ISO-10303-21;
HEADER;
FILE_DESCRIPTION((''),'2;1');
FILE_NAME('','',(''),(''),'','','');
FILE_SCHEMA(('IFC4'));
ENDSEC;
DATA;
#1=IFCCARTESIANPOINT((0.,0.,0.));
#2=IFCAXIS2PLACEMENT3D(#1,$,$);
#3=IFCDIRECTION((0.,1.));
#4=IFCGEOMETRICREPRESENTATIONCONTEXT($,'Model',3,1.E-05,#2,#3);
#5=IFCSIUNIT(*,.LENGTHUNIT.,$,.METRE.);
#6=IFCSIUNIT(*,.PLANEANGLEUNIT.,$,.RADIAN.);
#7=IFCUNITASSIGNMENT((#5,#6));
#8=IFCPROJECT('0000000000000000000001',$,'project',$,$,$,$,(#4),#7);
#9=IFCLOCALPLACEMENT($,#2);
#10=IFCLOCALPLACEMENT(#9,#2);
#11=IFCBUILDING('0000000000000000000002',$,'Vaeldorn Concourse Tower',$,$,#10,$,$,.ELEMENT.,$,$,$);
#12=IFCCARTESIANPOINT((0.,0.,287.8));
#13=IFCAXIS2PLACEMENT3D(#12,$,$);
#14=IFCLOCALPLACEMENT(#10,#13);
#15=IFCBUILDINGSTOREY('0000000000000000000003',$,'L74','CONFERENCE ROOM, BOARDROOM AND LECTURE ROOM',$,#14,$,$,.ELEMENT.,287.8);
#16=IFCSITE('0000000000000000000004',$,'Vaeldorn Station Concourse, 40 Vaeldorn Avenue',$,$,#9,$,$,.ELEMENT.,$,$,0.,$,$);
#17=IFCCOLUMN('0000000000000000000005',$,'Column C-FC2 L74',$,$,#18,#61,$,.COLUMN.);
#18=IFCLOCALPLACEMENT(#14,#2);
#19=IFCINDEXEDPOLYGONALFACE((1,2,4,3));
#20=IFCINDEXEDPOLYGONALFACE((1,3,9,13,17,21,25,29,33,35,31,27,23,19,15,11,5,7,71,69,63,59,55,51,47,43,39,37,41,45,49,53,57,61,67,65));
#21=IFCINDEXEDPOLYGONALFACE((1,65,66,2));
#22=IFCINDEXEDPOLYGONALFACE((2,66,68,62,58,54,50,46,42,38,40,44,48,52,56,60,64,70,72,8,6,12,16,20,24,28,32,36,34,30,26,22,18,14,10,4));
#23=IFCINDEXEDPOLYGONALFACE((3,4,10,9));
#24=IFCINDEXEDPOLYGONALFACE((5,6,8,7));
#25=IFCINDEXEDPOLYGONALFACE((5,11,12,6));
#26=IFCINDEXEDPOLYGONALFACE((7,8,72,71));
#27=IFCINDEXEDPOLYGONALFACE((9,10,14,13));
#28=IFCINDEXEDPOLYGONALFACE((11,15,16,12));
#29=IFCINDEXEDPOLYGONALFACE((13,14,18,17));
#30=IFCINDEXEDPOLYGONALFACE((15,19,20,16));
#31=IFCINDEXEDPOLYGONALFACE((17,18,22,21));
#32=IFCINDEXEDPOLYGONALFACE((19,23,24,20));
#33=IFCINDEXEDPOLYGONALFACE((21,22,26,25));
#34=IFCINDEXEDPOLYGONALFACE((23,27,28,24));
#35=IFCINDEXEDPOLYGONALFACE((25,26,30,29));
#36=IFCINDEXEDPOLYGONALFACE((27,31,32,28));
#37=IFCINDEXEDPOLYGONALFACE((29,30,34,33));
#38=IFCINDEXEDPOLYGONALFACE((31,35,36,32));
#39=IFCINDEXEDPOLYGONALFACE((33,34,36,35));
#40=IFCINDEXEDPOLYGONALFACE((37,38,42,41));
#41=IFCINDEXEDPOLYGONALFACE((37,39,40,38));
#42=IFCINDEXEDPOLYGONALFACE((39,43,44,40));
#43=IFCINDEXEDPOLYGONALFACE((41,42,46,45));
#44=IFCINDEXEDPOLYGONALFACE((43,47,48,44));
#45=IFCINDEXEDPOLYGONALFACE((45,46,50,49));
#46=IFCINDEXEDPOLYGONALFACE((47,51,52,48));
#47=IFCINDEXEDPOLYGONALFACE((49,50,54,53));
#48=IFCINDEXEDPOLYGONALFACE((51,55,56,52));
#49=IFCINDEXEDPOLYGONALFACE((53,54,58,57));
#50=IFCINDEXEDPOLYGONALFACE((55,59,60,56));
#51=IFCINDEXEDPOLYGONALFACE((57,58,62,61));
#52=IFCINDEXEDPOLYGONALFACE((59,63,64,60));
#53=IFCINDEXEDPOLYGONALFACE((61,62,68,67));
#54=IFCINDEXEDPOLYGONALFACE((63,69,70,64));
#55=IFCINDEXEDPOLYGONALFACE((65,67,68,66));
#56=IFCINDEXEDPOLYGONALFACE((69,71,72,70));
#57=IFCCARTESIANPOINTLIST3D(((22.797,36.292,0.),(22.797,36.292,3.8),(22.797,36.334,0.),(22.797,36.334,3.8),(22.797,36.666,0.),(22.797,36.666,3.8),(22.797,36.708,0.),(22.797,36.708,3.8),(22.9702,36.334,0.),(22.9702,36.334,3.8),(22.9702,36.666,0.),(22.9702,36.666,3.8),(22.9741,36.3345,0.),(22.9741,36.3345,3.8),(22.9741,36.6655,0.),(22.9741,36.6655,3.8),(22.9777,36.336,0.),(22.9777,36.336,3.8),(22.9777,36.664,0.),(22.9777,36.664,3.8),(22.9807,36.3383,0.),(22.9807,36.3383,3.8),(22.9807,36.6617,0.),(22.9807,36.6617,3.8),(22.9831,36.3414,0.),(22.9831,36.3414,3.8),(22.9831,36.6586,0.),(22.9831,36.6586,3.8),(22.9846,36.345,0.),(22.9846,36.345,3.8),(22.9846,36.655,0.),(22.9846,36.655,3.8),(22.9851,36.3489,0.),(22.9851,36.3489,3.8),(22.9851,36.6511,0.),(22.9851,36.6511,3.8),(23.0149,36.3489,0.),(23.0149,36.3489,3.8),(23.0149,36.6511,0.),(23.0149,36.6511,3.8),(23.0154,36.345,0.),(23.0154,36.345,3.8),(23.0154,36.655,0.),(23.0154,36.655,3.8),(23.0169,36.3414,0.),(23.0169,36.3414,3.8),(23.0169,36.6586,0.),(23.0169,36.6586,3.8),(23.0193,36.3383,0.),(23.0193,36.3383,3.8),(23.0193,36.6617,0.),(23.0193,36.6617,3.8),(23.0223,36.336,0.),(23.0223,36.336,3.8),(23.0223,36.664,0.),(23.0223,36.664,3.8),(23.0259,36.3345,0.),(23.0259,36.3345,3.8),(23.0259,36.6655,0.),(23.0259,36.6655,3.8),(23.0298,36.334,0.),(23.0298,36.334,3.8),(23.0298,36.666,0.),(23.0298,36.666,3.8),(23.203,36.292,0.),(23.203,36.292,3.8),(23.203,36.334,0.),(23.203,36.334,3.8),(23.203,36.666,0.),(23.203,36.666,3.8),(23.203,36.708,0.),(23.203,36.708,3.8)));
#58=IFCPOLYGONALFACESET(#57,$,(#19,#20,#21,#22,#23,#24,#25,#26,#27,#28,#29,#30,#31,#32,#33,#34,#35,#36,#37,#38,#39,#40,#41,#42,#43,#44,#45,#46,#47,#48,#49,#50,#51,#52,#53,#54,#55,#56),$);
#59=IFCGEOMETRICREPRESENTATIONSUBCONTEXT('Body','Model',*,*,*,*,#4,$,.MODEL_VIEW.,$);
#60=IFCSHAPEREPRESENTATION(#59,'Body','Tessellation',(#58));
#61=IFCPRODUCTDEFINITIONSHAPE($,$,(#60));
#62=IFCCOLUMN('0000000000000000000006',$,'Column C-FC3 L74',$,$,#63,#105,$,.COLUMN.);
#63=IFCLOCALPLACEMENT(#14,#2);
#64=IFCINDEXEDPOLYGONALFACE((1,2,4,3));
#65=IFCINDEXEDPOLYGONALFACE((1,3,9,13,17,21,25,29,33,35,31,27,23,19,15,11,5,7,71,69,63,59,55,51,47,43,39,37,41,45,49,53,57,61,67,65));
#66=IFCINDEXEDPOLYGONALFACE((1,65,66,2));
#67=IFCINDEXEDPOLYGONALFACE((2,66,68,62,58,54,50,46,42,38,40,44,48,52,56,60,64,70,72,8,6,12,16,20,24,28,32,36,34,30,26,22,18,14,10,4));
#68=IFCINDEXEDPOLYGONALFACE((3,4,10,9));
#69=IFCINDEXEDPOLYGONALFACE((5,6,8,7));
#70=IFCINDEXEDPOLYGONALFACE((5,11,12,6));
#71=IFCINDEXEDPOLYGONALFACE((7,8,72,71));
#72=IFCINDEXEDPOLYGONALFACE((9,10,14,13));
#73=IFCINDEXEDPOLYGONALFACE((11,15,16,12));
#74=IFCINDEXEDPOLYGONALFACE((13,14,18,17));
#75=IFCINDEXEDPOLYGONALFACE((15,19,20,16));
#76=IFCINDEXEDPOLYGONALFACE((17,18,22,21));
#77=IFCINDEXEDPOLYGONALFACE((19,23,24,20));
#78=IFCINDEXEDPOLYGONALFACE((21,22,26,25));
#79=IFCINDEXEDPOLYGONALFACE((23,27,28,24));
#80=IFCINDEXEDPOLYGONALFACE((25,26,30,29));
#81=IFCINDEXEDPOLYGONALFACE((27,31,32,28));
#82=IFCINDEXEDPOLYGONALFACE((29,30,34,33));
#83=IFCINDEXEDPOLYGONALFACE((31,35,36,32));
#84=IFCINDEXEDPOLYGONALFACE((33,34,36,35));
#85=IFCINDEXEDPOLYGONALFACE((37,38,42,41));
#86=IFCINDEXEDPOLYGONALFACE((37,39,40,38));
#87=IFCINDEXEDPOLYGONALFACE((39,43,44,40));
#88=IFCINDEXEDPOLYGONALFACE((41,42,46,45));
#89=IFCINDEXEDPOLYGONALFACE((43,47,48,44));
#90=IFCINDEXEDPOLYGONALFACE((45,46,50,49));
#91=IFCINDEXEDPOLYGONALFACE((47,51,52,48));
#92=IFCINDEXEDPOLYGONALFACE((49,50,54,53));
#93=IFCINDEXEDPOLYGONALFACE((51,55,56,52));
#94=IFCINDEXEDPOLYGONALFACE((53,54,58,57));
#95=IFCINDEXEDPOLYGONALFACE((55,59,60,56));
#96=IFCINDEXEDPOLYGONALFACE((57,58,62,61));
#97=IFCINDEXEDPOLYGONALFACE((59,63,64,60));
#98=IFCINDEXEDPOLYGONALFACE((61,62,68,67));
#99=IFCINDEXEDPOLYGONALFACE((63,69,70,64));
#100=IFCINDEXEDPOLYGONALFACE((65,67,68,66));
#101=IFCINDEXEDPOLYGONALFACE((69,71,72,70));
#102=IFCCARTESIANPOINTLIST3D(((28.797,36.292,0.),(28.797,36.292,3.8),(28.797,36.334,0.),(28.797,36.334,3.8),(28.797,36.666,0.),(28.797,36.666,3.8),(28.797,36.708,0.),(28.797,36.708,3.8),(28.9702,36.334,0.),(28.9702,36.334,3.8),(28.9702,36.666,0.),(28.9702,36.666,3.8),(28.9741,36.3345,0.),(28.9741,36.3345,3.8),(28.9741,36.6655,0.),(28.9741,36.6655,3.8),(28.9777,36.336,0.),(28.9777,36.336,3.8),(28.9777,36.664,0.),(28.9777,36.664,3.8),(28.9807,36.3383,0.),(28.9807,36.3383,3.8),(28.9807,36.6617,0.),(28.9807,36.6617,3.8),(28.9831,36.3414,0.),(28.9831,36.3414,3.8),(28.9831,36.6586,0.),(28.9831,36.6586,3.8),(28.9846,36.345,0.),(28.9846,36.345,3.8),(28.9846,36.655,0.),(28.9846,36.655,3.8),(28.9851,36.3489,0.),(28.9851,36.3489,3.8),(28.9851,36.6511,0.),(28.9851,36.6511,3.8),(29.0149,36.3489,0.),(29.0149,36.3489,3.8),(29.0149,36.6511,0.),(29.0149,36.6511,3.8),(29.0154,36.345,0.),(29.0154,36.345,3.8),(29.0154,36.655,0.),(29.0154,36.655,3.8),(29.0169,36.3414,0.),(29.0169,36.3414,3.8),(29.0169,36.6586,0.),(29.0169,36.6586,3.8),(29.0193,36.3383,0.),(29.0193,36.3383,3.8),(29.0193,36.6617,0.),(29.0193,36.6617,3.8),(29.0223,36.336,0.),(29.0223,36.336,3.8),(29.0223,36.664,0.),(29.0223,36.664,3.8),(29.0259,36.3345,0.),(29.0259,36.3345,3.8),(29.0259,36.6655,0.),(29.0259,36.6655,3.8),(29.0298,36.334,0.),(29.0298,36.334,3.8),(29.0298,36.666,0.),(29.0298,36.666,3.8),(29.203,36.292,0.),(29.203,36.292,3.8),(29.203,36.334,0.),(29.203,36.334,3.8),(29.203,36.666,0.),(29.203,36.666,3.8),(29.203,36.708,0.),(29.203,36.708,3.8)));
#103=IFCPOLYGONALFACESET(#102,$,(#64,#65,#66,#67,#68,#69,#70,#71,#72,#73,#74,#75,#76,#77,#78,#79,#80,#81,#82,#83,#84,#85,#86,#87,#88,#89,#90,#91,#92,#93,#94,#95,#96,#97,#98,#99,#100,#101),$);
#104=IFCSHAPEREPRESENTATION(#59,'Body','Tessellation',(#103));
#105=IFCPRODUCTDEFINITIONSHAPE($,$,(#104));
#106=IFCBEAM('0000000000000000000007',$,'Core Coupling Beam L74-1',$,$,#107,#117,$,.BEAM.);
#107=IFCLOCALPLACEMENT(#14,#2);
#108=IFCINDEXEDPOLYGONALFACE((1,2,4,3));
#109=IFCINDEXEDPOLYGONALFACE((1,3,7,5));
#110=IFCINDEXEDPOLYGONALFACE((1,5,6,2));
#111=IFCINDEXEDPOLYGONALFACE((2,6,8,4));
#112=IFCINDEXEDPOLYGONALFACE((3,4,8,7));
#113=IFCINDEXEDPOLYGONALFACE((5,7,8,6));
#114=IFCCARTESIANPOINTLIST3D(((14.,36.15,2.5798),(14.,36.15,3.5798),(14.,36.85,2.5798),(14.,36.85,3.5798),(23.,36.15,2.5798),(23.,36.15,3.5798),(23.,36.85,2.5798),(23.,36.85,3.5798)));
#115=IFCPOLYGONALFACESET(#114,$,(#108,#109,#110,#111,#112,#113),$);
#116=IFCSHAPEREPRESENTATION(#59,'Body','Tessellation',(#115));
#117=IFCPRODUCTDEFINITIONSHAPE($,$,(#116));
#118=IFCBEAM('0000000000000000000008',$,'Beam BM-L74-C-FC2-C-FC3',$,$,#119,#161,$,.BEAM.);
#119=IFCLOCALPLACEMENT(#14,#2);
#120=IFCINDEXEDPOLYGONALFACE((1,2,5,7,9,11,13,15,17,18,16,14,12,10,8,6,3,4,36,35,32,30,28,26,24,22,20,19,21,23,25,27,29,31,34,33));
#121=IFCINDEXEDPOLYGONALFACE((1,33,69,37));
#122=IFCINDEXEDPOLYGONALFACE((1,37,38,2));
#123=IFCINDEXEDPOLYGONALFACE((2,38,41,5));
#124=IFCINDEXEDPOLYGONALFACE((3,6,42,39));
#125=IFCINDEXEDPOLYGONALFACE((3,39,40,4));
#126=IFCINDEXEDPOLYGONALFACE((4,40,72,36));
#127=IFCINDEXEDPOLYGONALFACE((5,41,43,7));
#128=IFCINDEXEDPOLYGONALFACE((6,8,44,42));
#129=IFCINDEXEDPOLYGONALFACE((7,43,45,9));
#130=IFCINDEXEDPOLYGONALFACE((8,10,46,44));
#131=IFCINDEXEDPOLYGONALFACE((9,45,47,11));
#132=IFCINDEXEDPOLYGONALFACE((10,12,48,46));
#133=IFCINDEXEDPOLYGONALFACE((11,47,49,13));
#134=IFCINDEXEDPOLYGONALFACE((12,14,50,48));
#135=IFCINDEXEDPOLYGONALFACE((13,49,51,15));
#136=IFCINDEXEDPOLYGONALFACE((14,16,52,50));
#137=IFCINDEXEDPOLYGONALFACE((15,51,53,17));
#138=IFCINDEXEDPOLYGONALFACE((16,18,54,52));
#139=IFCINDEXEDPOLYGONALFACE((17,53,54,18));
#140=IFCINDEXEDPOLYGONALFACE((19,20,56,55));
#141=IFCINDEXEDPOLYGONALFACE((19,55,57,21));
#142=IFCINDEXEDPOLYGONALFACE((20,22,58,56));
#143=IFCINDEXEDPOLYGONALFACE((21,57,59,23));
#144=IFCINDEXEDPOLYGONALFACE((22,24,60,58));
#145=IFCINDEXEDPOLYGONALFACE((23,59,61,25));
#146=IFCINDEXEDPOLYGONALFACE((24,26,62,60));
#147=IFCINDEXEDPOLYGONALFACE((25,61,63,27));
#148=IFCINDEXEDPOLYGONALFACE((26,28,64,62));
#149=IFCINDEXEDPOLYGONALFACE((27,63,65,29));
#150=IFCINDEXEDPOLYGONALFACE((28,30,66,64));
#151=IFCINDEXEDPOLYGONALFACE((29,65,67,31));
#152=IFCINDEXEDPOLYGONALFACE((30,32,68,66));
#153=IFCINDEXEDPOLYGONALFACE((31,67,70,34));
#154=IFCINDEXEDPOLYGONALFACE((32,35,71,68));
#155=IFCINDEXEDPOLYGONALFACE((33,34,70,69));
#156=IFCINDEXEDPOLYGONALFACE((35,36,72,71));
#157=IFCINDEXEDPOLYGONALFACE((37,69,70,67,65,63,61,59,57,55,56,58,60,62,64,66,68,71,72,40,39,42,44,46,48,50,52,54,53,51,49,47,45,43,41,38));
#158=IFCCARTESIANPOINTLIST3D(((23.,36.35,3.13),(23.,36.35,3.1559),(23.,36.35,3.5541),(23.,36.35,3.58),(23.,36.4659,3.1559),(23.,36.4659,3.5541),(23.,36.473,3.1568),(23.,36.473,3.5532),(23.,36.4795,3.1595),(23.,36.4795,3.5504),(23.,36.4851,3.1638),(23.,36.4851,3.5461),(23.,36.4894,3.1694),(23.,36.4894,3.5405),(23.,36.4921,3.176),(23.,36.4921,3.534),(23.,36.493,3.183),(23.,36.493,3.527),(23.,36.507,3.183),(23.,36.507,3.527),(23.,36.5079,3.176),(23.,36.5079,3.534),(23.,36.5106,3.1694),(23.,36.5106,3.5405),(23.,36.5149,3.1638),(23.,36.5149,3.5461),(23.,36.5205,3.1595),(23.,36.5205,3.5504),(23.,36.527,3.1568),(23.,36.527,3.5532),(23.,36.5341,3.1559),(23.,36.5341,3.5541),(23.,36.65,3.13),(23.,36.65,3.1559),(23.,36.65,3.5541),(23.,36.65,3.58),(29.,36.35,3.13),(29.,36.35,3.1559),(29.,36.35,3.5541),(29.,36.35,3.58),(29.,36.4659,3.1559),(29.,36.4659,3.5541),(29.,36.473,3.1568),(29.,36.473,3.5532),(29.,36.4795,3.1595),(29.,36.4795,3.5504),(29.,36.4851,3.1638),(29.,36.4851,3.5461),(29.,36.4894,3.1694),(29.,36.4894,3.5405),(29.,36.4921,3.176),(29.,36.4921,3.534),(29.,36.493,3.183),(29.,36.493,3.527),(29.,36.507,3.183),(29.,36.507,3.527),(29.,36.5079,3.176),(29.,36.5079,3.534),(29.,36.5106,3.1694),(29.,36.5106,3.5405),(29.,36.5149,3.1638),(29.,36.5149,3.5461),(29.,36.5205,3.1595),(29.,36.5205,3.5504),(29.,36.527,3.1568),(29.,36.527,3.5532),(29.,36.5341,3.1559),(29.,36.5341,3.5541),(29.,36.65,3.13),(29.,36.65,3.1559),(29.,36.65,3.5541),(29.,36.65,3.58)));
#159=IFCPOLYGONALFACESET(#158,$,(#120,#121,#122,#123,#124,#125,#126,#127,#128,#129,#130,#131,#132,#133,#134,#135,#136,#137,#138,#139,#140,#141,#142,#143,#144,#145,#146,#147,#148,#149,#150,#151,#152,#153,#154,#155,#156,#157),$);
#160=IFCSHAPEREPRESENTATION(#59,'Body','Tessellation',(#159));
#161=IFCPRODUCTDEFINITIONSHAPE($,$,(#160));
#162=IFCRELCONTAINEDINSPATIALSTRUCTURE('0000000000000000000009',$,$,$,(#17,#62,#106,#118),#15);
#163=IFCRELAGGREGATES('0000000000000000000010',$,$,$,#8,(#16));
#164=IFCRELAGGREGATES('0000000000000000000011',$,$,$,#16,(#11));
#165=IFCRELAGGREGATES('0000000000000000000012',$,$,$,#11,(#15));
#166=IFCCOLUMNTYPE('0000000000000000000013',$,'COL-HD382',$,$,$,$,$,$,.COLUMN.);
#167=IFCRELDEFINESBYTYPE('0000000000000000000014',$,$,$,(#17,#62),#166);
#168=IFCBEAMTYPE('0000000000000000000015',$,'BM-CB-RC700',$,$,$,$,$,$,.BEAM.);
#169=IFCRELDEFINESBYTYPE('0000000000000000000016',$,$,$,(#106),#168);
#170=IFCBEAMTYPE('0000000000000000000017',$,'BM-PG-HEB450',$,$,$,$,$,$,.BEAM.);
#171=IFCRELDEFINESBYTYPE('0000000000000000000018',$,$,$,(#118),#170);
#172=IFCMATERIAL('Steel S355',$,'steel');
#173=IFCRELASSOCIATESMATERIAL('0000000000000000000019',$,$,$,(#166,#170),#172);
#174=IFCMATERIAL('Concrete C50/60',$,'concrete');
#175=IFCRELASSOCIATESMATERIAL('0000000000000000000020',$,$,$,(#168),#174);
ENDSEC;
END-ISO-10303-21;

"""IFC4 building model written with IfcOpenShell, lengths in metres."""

from ifc_helpers import new_model, si_unit, direction, frame, origin, origin_2d, place, context, subcontext, project, spatial, rectangle, i_section, extrude, source, transform, mapped, material, material_profile, profile_set, type_object, element, save


model = new_model("IFC4")

# Units and contexts
model_context = context("Model", 3, precision=1e-05, world=origin(), true_north=direction((0.0, 1.0)))
body_context = subcontext(model_context, "Body", "Model", "MODEL_VIEW")
ifc_project = project(units=[si_unit("LENGTHUNIT", "METRE"), si_unit("PLANEANGLEUNIT", "RADIAN")], contexts=[model_context])

# Site, building, storey
site_placement = place(None, origin())
site = spatial("IfcSite", under=ifc_project, at=site_placement, Name="Vaeldorn Station Concourse, 40 Vaeldorn Avenue", CompositionType="ELEMENT", RefElevation=0.0)
building_placement = place(site_placement, origin())
building = spatial("IfcBuilding", under=site, at=building_placement, Name="Vaeldorn Concourse Tower", CompositionType="ELEMENT")
storey_placement = place(building_placement, frame((0.0, 0.0, 287.8)))
storey = spatial("IfcBuildingStorey", under=building, at=storey_placement, Name="L74", Description="CONFERENCE ROOM, BOARDROOM AND LECTURE ROOM", CompositionType="ELEMENT", Elevation=287.8)

# Columns
ifc_material_1 = material(Name="Steel S355", Category="steel")
ifc_material_profile_1 = material_profile(ifc_material_1, i_section(OverallWidth=0.406, OverallDepth=0.416, WebThickness=0.0298, FlangeThickness=0.042, FilletRadius=0.0149, at=origin_2d()), Name="HD 400x382")
ifc_profile_set_1 = profile_set([ifc_material_profile_1], Name="Steel S355")
column_type = type_object("IfcColumnType", Name="COL-HD382", PredefinedType="COLUMN", material=ifc_profile_set_1)
shared_shape_1 = source(origin(), body_context, "Body", "SweptSolid", [
    extrude(i_section(OverallWidth=0.406, OverallDepth=0.416, WebThickness=0.0298, FlangeThickness=0.042, FilletRadius=0.0149, at=origin_2d()), origin(), (0.0, 0.0, 1.0), 3.8),
])
for number, where, z_axis, x_axis, name in (
    (1, (23.0, 36.5, 0.0), (0.0, 0.0, 1.0), (1.0, 0.0, 0.0), "Column C-FC2 L74"),
    (2, (29.0, 36.5, 0.0), (0.0, 0.0, 1.0), (1.0, 0.0, 0.0), "Column C-FC3 L74"),
):
    element("IfcColumn", number, at=place(storey_placement, frame(where, z_axis=z_axis, x_axis=x_axis)), inside=storey, type_object=column_type, Name=name, PredefinedType="COLUMN", context=body_context, shape_type="MappedRepresentation", body=[
        mapped(shared_shape_1, transform((0.0, 0.0, 0.0), scale=1.0)),
    ])

# Beams
ifc_material_2 = material(Name="Concrete C50/60", Category="concrete")
ifc_material_profile_2 = material_profile(ifc_material_2, rectangle(XDim=0.7, YDim=1.0, at=origin_2d()), Name="RC 700x1000")
ifc_profile_set_2 = profile_set([ifc_material_profile_2], Name="Concrete C50/60")
beam_type_1 = type_object("IfcBeamType", Name="BM-CB-RC700", PredefinedType="BEAM", material=ifc_profile_set_2)
shared_shape_2 = source(origin(), body_context, "Body", "SweptSolid", [
    extrude(rectangle(XDim=0.7, YDim=1.0, at=origin_2d()), origin(), (0.0, 0.0, 1.0), 9.0),
])
beam_1_placement = place(storey_placement, frame((14.0, 36.5, 3.0798), z_axis=(1.0, 0.0, 0.0), x_axis=(0.0, 1.0, 0.0)))
element("IfcBeam", 3, at=beam_1_placement, inside=storey, type_object=beam_type_1, Name="Core Coupling Beam L74-1", PredefinedType="BEAM", context=body_context, shape_type="MappedRepresentation", body=[
    mapped(shared_shape_2, transform((0.0, 0.0, 0.0), scale=1.0)),
])
ifc_material_profile_3 = material_profile(ifc_material_1, i_section(OverallWidth=0.3, OverallDepth=0.45, WebThickness=0.0139, FlangeThickness=0.0259, FilletRadius=0.0271, at=origin_2d()), Name="HEB 450")
ifc_profile_set_3 = profile_set([ifc_material_profile_3], Name="Steel S355")
beam_type_2 = type_object("IfcBeamType", Name="BM-PG-HEB450", PredefinedType="BEAM", material=ifc_profile_set_3)
shared_shape_3 = source(origin(), body_context, "Body", "SweptSolid", [
    extrude(i_section(OverallWidth=0.3, OverallDepth=0.45, WebThickness=0.0139, FlangeThickness=0.0259, FilletRadius=0.0271, at=origin_2d()), origin(), (0.0, 0.0, 1.0), 6.0),
])
beam_2_placement = place(storey_placement, frame((23.0, 36.5, 3.355), z_axis=(1.0, 0.0, 0.0), x_axis=(0.0, 1.0, 0.0)))
element("IfcBeam", 4, at=beam_2_placement, inside=storey, type_object=beam_type_2, Name="Beam BM-L74-C-FC2-C-FC3", PredefinedType="BEAM", context=body_context, shape_type="MappedRepresentation", body=[
    mapped(shared_shape_3, transform((0.0, 0.0, 0.0), scale=1.0)),
])

save(model, "model.ifc")
